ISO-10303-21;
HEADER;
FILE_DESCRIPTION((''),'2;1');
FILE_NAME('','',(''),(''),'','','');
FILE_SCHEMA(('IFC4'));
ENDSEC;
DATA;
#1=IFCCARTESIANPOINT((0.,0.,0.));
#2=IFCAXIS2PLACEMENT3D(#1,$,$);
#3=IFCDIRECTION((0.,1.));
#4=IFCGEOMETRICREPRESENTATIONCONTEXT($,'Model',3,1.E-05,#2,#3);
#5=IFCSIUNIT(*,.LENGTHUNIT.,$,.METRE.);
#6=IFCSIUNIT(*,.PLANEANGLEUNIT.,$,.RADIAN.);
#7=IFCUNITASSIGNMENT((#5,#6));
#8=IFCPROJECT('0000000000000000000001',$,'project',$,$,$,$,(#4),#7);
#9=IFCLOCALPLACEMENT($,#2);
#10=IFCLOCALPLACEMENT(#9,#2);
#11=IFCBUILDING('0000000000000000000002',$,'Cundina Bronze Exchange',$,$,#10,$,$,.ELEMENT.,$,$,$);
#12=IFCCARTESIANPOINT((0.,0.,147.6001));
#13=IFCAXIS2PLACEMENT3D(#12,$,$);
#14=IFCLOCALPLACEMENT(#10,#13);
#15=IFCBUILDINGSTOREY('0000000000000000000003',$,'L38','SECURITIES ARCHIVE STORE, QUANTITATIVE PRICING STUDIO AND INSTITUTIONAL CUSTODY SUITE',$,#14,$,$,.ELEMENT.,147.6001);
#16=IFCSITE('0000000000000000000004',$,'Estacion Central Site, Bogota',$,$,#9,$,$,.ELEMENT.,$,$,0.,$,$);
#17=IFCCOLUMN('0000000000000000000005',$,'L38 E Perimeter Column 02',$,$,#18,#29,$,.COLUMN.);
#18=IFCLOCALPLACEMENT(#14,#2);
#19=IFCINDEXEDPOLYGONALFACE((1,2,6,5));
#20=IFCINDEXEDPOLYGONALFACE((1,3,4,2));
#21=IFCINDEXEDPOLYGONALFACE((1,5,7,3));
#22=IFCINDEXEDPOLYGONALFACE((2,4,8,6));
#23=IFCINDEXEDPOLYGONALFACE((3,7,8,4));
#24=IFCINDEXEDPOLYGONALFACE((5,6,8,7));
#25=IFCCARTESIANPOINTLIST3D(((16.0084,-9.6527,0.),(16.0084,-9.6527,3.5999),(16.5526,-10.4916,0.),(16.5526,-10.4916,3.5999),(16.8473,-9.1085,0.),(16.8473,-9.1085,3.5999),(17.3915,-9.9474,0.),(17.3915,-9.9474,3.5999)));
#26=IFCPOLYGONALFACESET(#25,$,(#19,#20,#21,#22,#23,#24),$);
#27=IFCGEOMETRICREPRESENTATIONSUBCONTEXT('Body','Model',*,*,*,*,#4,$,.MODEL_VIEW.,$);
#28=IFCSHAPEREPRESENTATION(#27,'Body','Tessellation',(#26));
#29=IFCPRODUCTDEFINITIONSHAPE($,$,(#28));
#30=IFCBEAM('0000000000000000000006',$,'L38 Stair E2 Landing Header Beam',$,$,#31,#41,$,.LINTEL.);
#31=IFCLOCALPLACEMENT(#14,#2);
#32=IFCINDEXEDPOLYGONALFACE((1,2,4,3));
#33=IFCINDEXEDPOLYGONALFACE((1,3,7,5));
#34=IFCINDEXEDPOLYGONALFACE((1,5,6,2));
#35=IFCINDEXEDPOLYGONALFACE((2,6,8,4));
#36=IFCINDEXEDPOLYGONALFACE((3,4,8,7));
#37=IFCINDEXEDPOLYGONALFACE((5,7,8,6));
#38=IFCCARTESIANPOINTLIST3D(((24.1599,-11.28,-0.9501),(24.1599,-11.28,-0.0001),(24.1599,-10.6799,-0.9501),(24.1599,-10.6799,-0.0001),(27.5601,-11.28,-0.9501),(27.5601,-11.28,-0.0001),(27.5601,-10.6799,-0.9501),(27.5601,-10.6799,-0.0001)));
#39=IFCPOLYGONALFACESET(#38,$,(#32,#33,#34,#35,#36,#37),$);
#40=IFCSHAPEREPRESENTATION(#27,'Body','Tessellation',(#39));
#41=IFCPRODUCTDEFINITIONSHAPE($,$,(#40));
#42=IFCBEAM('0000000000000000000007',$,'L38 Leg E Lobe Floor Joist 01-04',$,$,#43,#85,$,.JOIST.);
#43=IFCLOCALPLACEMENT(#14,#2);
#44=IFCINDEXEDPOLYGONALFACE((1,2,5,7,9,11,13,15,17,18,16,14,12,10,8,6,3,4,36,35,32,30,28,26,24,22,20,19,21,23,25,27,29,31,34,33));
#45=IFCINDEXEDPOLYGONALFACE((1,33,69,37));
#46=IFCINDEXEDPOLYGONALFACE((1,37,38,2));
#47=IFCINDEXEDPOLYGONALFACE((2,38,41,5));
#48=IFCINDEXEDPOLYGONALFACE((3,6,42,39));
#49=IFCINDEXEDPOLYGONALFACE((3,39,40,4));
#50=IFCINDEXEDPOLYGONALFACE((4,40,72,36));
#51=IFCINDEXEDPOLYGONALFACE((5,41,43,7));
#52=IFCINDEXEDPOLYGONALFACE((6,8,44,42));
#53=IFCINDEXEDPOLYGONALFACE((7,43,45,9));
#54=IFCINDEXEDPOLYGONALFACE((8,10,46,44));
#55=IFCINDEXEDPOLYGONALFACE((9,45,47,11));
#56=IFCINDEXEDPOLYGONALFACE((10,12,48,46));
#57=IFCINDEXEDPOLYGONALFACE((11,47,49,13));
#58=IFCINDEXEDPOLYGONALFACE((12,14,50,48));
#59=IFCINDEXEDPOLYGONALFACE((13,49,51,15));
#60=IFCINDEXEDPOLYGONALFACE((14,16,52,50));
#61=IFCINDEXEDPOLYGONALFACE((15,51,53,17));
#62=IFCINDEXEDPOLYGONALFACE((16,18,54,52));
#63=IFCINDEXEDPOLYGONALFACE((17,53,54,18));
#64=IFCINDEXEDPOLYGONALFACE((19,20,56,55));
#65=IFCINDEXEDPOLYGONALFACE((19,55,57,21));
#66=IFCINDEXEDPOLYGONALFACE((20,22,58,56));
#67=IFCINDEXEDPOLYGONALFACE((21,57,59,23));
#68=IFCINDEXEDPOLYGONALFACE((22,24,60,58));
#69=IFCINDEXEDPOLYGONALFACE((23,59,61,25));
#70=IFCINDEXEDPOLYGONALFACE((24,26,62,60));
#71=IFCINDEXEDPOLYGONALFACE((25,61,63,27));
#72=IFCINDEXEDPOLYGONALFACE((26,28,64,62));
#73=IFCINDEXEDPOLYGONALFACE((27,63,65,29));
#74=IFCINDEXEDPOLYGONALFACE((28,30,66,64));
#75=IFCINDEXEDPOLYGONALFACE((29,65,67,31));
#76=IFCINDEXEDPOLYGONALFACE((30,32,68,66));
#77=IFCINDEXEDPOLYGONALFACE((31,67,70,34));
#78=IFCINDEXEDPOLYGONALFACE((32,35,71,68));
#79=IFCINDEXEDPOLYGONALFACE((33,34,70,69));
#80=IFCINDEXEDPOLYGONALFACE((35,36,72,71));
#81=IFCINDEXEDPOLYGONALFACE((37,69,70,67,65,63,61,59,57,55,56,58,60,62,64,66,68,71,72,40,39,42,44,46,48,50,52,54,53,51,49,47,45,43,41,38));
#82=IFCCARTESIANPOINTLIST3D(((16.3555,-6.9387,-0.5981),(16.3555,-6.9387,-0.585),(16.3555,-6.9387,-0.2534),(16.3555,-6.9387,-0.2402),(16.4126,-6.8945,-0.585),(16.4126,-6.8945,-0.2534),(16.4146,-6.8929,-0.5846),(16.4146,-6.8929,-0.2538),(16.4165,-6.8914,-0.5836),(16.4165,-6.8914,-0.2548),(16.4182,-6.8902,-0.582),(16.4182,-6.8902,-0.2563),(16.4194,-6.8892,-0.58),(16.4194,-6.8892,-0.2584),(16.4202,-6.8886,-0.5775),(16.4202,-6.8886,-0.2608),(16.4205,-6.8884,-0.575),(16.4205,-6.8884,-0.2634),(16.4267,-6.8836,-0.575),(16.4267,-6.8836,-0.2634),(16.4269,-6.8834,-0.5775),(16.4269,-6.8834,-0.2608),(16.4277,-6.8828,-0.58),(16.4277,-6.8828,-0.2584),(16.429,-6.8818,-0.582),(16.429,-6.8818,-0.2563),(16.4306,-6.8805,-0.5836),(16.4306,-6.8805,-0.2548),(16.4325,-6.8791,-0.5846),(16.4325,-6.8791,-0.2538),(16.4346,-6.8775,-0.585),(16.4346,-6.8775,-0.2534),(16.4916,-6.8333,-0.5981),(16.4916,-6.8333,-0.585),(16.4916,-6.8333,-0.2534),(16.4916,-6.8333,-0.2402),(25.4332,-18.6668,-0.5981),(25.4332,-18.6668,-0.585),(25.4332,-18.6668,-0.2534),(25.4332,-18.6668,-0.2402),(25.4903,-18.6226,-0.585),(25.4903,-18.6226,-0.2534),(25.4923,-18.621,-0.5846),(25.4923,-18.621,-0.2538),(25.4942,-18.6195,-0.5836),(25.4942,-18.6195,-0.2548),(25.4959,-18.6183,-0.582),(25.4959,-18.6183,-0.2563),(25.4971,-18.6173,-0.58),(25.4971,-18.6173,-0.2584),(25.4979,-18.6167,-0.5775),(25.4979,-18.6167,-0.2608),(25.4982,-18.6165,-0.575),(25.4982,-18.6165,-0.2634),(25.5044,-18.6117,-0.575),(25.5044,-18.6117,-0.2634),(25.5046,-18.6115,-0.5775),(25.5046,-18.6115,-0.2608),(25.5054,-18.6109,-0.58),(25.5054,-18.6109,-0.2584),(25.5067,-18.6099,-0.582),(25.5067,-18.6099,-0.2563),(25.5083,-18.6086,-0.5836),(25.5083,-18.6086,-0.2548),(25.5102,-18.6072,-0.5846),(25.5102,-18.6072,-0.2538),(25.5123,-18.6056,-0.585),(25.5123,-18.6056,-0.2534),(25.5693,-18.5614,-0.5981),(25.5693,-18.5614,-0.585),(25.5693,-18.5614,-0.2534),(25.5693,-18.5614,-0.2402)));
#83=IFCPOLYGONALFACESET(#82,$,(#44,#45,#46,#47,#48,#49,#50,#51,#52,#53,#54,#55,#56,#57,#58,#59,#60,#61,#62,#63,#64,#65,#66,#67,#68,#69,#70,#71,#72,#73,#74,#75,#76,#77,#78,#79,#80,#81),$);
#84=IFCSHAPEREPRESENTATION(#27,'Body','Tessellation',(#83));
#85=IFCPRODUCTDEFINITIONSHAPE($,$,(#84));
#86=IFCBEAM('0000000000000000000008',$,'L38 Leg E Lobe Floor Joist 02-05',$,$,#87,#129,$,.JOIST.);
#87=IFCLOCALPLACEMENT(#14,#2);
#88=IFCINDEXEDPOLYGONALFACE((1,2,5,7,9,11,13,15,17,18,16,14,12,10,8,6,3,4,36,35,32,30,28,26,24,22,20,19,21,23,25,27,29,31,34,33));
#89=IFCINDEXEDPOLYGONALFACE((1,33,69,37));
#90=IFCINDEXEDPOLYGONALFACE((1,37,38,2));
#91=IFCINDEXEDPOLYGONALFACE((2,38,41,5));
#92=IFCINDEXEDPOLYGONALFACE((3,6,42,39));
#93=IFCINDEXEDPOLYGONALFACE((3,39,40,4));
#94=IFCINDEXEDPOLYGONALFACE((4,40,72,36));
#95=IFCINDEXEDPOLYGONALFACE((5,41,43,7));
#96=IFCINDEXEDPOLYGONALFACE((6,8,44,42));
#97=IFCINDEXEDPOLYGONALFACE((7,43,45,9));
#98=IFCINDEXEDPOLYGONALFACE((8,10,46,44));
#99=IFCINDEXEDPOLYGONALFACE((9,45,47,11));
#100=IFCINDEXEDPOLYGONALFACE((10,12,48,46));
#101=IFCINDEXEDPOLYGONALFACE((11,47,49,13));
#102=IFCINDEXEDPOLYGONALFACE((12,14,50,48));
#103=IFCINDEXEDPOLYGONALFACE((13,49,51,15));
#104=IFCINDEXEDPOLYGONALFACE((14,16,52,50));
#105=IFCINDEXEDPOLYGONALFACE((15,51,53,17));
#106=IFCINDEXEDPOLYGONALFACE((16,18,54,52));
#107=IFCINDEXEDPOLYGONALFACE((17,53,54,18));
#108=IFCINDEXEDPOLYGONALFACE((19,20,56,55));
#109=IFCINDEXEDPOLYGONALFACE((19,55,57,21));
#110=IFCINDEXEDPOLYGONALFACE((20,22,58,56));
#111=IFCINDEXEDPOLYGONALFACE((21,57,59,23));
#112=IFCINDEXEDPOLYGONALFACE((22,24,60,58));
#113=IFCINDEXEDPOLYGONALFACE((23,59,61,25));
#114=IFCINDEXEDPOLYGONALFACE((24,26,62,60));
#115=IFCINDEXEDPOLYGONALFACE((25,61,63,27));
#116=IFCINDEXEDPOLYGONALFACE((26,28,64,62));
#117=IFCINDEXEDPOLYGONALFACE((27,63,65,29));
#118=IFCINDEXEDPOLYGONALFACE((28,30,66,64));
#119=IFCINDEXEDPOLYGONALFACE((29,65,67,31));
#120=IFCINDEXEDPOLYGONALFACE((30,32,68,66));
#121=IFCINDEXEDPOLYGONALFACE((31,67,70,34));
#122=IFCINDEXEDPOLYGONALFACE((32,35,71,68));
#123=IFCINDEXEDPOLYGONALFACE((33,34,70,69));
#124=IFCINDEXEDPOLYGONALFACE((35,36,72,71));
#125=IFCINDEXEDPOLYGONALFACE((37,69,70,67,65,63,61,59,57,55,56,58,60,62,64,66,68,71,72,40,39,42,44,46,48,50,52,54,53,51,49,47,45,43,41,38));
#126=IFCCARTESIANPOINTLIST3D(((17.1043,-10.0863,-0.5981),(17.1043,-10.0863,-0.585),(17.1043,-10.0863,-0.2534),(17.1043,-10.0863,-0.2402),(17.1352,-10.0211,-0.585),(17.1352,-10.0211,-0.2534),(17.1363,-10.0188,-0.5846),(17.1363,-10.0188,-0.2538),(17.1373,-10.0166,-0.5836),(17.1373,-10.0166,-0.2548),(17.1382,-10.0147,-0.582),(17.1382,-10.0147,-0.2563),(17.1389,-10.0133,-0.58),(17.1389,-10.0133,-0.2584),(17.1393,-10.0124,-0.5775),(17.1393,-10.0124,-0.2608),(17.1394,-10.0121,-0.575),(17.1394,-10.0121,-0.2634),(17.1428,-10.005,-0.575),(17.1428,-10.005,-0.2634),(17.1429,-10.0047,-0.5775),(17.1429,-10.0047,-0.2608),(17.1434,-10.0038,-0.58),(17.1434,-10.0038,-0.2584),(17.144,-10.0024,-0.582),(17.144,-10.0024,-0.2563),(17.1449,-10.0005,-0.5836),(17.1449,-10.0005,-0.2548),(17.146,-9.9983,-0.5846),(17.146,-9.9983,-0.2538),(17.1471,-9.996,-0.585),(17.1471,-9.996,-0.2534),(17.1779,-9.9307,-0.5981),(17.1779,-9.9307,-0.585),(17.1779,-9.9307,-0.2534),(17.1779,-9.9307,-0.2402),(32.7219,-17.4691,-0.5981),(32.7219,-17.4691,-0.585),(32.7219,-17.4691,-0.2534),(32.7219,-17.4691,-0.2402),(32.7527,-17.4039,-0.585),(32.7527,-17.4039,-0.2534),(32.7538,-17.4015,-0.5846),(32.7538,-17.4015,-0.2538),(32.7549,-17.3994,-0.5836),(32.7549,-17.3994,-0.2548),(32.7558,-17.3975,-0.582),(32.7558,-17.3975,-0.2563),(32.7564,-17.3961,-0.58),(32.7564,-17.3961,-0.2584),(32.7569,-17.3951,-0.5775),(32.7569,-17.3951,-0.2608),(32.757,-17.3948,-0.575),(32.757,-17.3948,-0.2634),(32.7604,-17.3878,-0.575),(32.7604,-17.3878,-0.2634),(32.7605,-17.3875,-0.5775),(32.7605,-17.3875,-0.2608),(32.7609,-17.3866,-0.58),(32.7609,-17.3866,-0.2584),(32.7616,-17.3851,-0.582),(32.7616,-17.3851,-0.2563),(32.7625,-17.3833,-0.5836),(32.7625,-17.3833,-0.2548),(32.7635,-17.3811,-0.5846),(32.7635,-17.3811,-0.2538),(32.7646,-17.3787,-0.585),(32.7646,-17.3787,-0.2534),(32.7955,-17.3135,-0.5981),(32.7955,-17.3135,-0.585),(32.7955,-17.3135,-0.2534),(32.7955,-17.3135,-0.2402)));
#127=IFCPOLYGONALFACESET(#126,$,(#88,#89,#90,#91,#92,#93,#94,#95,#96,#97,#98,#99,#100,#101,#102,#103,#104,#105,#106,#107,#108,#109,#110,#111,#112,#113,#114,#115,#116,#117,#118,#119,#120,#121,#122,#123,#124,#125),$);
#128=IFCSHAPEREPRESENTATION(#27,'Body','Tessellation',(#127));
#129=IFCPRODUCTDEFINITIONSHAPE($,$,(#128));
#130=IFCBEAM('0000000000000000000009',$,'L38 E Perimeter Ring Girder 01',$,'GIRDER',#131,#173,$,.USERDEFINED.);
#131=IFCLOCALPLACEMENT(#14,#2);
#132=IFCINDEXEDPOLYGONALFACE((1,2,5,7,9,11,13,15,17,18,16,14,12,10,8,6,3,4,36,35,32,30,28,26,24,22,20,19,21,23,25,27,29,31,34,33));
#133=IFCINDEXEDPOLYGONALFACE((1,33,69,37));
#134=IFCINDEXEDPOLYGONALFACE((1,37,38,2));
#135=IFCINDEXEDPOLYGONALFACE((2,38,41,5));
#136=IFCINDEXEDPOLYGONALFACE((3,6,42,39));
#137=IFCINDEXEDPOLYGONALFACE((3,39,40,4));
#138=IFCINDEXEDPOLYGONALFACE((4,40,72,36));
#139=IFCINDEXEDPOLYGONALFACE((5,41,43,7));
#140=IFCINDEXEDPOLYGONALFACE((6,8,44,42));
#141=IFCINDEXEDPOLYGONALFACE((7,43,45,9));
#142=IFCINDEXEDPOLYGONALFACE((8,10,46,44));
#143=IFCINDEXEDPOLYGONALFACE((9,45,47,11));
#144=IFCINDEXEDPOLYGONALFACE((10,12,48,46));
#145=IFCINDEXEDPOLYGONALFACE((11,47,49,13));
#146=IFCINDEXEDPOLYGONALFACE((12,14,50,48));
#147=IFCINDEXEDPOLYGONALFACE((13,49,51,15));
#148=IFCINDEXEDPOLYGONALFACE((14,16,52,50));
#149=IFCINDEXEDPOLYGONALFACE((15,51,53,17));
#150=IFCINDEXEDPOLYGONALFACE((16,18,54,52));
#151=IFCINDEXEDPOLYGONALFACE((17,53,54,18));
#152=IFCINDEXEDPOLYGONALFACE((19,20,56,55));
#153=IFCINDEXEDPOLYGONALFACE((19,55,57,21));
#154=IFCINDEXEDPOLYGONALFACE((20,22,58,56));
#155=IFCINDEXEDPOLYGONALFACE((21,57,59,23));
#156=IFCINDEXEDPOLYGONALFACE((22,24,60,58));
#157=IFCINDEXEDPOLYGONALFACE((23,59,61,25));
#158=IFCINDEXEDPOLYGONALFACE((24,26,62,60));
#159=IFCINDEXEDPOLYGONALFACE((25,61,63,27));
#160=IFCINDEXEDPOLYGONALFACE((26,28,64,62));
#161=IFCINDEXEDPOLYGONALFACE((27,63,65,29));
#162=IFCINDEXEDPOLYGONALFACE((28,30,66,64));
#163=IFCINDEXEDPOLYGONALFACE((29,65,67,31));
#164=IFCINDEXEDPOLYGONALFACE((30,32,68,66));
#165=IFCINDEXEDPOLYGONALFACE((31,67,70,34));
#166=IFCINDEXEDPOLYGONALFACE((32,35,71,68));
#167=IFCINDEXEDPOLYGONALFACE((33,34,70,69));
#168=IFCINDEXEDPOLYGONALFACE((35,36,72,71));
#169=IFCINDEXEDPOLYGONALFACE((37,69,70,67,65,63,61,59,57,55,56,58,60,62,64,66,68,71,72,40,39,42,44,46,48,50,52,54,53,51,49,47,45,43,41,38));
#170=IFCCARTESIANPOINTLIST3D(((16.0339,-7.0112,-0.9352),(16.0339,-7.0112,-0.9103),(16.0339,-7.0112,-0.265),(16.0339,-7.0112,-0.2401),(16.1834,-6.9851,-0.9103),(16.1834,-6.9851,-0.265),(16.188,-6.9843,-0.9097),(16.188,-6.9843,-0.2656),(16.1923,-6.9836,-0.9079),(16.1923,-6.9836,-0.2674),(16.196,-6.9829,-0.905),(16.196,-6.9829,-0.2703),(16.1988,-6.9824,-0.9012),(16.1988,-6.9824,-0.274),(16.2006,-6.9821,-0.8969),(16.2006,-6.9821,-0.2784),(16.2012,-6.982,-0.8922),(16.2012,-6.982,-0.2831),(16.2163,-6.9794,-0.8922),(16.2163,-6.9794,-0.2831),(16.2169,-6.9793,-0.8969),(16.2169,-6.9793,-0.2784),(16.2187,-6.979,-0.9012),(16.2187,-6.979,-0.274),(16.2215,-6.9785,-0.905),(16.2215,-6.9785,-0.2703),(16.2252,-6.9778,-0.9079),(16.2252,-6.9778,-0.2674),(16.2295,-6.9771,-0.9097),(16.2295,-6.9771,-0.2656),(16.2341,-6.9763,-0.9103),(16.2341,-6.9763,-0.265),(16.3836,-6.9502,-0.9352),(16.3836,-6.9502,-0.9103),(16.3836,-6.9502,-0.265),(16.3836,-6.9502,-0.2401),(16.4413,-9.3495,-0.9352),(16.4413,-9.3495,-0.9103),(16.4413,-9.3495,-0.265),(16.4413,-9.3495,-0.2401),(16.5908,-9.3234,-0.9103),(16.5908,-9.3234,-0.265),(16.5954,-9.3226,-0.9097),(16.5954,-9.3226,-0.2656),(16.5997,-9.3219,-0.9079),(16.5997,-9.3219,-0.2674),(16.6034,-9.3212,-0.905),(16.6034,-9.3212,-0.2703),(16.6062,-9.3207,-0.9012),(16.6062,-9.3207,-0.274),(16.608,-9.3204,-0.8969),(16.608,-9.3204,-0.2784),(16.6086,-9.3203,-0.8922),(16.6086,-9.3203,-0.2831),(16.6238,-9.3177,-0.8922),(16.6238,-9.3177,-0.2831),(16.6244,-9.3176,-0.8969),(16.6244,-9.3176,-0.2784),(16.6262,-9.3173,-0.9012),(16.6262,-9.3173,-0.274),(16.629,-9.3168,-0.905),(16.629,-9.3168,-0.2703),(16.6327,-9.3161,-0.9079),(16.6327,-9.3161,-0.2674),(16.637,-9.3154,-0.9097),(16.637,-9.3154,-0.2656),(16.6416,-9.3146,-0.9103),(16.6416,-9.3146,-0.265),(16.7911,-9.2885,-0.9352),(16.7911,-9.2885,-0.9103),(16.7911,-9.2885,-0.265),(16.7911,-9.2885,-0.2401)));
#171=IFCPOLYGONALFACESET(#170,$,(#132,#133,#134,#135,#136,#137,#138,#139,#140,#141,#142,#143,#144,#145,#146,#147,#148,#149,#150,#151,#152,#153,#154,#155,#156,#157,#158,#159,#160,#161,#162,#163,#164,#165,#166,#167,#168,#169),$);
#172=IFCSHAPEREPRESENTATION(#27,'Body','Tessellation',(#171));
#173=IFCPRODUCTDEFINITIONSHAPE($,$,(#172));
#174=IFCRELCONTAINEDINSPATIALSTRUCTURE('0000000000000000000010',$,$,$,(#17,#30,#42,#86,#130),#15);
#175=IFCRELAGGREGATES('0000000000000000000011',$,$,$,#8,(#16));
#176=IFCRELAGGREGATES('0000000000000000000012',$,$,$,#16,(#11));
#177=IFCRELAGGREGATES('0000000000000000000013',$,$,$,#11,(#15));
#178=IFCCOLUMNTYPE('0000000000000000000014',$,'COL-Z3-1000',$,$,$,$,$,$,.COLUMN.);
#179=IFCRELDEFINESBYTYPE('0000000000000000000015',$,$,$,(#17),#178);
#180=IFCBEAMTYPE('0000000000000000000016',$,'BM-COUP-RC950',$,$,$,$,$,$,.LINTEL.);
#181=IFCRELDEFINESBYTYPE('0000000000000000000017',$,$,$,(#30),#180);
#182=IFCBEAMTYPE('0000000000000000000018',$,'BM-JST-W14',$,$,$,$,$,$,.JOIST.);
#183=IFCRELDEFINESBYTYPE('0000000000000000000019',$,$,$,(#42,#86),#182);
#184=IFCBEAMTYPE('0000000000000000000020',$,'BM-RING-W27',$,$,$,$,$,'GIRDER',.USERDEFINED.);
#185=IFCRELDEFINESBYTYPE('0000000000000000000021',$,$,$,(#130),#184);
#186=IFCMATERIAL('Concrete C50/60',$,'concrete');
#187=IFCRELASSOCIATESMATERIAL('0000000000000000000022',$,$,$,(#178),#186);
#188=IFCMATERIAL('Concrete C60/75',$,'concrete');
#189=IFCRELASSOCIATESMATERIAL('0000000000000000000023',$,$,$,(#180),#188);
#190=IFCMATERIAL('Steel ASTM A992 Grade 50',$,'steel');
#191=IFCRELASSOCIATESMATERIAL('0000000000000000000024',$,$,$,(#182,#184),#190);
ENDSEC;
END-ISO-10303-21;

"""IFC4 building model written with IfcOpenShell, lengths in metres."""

from ifc_helpers import new_model, si_unit, direction, frame, origin, origin_2d, place, context, subcontext, project, spatial, rectangle, i_section, extrude, material, material_profile, profile_set, type_object, element, save


model = new_model("IFC4")

# Units and contexts
model_context = context("Model", 3, precision=1e-05, world=origin(), true_north=direction((0.0, 1.0)))
body_context = subcontext(model_context, "Body", "Model", "MODEL_VIEW")
ifc_project = project(units=[si_unit("LENGTHUNIT", "METRE"), si_unit("PLANEANGLEUNIT", "RADIAN")], contexts=[model_context])

# Site, building, storey
site_placement = place(None, origin())
site = spatial("IfcSite", under=ifc_project, at=site_placement, Name="Estacion Central Site, Bogota", CompositionType="ELEMENT", RefElevation=0.0)
building_placement = place(site_placement, origin())
building = spatial("IfcBuilding", under=site, at=building_placement, Name="Cundina Bronze Exchange", CompositionType="ELEMENT")
storey_placement = place(building_placement, frame((0.0, 0.0, 147.6001)))
storey = spatial("IfcBuildingStorey", under=building, at=storey_placement, Name="L38", Description="SECURITIES ARCHIVE STORE, QUANTITATIVE PRICING STUDIO AND INSTITUTIONAL CUSTODY SUITE", CompositionType="ELEMENT", Elevation=147.6001)

# Column
ifc_material_1 = material(Name="Concrete C50/60", Category="concrete")
ifc_material_profile_1 = material_profile(ifc_material_1, rectangle(XDim=1.0, YDim=1.0, at=origin_2d()), Name="RC1000X1000", Category="concrete")
ifc_profile_set_1 = profile_set([ifc_material_profile_1], Name="Concrete C50/60")
column_type = type_object("IfcColumnType", Name="COL-Z3-1000", PredefinedType="COLUMN", material=ifc_profile_set_1)
column_placement = place(storey_placement, frame((16.7, -9.8, 0.0), z_axis=(0.0, 0.0, 1.0), x_axis=(0.5442, -0.838956, 0.0)))
element("IfcColumn", 1, at=column_placement, inside=storey, type_object=column_type, Name="L38 E Perimeter Column 02", PredefinedType="COLUMN", context=body_context, shape_type="SweptSolid", body=[
    extrude(rectangle(XDim=1.0, YDim=1.0, at=origin_2d()), origin(), (0.0, 0.0, 1.0), 3.5999),
])

# Beams
ifc_material_2 = material(Name="Concrete C60/75", Category="concrete")
ifc_material_profile_2 = material_profile(ifc_material_2, rectangle(XDim=0.6001, YDim=0.95, at=origin_2d()), Name="RC600X950", Category="concrete")
ifc_profile_set_2 = profile_set([ifc_material_profile_2], Name="Concrete C60/75")
beam_type_1 = type_object("IfcBeamType", Name="BM-COUP-RC950", PredefinedType="LINTEL", material=ifc_profile_set_2)
beam_1_placement = place(storey_placement, frame((24.1599, -10.98, -0.4751), z_axis=(1.0, 0.0, 0.0), x_axis=(0.0, 1.0, 0.0)))
element("IfcBeam", 2, at=beam_1_placement, inside=storey, type_object=beam_type_1, Name="L38 Stair E2 Landing Header Beam", PredefinedType="LINTEL", context=body_context, shape_type="SweptSolid", body=[
    extrude(rectangle(XDim=0.6001, YDim=0.95, at=origin_2d()), origin(), (0.0, 0.0, 1.0), 3.4001),
])
ifc_material_3 = material(Name="Steel ASTM A992 Grade 50", Category="steel")
ifc_material_profile_3 = material_profile(ifc_material_3, i_section(OverallWidth=0.1721, OverallDepth=0.3579, WebThickness=0.0078, FlangeThickness=0.0132, FilletRadius=0.01, at=origin_2d()), Name="W14X38", Category="steel")
ifc_profile_set_3 = profile_set([ifc_material_profile_3], Name="Steel ASTM A992 Grade 50")
beam_type_2 = type_object("IfcBeamType", Name="BM-JST-W14", PredefinedType="JOIST", material=ifc_profile_set_3)
beam_2_placement = place(storey_placement, frame((16.4236, -6.886, -0.4192), z_axis=(0.612084, -0.790793, 0.0), x_axis=(0.790793, 0.612084, 0.0)))
element("IfcBeam", 3, at=beam_2_placement, inside=storey, type_object=beam_type_2, Name="L38 Leg E Lobe Floor Joist 01-04", PredefinedType="JOIST", context=body_context, shape_type="SweptSolid", body=[
    extrude(i_section(OverallWidth=0.1721, OverallDepth=0.3579, WebThickness=0.0078, FlangeThickness=0.0132, FilletRadius=0.01, at=origin_2d()), origin(), (0.0, 0.0, 1.0), 14.8308),
])
beam_3_placement = place(storey_placement, frame((17.1411, -10.0085, -0.4192), z_axis=(0.904074, -0.427375, 0.0), x_axis=(0.427375, 0.904074, 0.0)))
element("IfcBeam", 4, at=beam_3_placement, inside=storey, type_object=beam_type_2, Name="L38 Leg E Lobe Floor Joist 02-05", PredefinedType="JOIST", context=body_context, shape_type="SweptSolid", body=[
    extrude(i_section(OverallWidth=0.1721, OverallDepth=0.3579, WebThickness=0.0078, FlangeThickness=0.0132, FilletRadius=0.01, at=origin_2d()), origin(), (0.0, 0.0, 1.0), 17.2747),
])
ifc_material_profile_4 = material_profile(ifc_material_3, i_section(OverallWidth=0.355, OverallDepth=0.6951, WebThickness=0.0154, FlangeThickness=0.0249, FilletRadius=0.0181, at=origin_2d()), Name="W27X146", Category="steel")
ifc_profile_set_4 = profile_set([ifc_material_profile_4], Name="Steel ASTM A992 Grade 50")
beam_type_3 = type_object("IfcBeamType", Name="BM-RING-W27", ElementType="GIRDER", PredefinedType="USERDEFINED", material=ifc_profile_set_4)
beam_4_placement = place(storey_placement, frame((16.2087, -6.9807, -0.5876), z_axis=(0.171667, -0.985155, 0.0), x_axis=(0.985155, 0.171667, 0.0)))
element("IfcBeam", 5, at=beam_4_placement, inside=storey, type_object=beam_type_3, Name="L38 E Perimeter Ring Girder 01", ObjectType="GIRDER", PredefinedType="USERDEFINED", context=body_context, shape_type="SweptSolid", body=[
    extrude(i_section(OverallWidth=0.355, OverallDepth=0.6951, WebThickness=0.0154, FlangeThickness=0.0249, FilletRadius=0.0181, at=origin_2d()), origin(), (0.0, 0.0, 1.0), 2.3735),
])

save(model, "model.ifc")
